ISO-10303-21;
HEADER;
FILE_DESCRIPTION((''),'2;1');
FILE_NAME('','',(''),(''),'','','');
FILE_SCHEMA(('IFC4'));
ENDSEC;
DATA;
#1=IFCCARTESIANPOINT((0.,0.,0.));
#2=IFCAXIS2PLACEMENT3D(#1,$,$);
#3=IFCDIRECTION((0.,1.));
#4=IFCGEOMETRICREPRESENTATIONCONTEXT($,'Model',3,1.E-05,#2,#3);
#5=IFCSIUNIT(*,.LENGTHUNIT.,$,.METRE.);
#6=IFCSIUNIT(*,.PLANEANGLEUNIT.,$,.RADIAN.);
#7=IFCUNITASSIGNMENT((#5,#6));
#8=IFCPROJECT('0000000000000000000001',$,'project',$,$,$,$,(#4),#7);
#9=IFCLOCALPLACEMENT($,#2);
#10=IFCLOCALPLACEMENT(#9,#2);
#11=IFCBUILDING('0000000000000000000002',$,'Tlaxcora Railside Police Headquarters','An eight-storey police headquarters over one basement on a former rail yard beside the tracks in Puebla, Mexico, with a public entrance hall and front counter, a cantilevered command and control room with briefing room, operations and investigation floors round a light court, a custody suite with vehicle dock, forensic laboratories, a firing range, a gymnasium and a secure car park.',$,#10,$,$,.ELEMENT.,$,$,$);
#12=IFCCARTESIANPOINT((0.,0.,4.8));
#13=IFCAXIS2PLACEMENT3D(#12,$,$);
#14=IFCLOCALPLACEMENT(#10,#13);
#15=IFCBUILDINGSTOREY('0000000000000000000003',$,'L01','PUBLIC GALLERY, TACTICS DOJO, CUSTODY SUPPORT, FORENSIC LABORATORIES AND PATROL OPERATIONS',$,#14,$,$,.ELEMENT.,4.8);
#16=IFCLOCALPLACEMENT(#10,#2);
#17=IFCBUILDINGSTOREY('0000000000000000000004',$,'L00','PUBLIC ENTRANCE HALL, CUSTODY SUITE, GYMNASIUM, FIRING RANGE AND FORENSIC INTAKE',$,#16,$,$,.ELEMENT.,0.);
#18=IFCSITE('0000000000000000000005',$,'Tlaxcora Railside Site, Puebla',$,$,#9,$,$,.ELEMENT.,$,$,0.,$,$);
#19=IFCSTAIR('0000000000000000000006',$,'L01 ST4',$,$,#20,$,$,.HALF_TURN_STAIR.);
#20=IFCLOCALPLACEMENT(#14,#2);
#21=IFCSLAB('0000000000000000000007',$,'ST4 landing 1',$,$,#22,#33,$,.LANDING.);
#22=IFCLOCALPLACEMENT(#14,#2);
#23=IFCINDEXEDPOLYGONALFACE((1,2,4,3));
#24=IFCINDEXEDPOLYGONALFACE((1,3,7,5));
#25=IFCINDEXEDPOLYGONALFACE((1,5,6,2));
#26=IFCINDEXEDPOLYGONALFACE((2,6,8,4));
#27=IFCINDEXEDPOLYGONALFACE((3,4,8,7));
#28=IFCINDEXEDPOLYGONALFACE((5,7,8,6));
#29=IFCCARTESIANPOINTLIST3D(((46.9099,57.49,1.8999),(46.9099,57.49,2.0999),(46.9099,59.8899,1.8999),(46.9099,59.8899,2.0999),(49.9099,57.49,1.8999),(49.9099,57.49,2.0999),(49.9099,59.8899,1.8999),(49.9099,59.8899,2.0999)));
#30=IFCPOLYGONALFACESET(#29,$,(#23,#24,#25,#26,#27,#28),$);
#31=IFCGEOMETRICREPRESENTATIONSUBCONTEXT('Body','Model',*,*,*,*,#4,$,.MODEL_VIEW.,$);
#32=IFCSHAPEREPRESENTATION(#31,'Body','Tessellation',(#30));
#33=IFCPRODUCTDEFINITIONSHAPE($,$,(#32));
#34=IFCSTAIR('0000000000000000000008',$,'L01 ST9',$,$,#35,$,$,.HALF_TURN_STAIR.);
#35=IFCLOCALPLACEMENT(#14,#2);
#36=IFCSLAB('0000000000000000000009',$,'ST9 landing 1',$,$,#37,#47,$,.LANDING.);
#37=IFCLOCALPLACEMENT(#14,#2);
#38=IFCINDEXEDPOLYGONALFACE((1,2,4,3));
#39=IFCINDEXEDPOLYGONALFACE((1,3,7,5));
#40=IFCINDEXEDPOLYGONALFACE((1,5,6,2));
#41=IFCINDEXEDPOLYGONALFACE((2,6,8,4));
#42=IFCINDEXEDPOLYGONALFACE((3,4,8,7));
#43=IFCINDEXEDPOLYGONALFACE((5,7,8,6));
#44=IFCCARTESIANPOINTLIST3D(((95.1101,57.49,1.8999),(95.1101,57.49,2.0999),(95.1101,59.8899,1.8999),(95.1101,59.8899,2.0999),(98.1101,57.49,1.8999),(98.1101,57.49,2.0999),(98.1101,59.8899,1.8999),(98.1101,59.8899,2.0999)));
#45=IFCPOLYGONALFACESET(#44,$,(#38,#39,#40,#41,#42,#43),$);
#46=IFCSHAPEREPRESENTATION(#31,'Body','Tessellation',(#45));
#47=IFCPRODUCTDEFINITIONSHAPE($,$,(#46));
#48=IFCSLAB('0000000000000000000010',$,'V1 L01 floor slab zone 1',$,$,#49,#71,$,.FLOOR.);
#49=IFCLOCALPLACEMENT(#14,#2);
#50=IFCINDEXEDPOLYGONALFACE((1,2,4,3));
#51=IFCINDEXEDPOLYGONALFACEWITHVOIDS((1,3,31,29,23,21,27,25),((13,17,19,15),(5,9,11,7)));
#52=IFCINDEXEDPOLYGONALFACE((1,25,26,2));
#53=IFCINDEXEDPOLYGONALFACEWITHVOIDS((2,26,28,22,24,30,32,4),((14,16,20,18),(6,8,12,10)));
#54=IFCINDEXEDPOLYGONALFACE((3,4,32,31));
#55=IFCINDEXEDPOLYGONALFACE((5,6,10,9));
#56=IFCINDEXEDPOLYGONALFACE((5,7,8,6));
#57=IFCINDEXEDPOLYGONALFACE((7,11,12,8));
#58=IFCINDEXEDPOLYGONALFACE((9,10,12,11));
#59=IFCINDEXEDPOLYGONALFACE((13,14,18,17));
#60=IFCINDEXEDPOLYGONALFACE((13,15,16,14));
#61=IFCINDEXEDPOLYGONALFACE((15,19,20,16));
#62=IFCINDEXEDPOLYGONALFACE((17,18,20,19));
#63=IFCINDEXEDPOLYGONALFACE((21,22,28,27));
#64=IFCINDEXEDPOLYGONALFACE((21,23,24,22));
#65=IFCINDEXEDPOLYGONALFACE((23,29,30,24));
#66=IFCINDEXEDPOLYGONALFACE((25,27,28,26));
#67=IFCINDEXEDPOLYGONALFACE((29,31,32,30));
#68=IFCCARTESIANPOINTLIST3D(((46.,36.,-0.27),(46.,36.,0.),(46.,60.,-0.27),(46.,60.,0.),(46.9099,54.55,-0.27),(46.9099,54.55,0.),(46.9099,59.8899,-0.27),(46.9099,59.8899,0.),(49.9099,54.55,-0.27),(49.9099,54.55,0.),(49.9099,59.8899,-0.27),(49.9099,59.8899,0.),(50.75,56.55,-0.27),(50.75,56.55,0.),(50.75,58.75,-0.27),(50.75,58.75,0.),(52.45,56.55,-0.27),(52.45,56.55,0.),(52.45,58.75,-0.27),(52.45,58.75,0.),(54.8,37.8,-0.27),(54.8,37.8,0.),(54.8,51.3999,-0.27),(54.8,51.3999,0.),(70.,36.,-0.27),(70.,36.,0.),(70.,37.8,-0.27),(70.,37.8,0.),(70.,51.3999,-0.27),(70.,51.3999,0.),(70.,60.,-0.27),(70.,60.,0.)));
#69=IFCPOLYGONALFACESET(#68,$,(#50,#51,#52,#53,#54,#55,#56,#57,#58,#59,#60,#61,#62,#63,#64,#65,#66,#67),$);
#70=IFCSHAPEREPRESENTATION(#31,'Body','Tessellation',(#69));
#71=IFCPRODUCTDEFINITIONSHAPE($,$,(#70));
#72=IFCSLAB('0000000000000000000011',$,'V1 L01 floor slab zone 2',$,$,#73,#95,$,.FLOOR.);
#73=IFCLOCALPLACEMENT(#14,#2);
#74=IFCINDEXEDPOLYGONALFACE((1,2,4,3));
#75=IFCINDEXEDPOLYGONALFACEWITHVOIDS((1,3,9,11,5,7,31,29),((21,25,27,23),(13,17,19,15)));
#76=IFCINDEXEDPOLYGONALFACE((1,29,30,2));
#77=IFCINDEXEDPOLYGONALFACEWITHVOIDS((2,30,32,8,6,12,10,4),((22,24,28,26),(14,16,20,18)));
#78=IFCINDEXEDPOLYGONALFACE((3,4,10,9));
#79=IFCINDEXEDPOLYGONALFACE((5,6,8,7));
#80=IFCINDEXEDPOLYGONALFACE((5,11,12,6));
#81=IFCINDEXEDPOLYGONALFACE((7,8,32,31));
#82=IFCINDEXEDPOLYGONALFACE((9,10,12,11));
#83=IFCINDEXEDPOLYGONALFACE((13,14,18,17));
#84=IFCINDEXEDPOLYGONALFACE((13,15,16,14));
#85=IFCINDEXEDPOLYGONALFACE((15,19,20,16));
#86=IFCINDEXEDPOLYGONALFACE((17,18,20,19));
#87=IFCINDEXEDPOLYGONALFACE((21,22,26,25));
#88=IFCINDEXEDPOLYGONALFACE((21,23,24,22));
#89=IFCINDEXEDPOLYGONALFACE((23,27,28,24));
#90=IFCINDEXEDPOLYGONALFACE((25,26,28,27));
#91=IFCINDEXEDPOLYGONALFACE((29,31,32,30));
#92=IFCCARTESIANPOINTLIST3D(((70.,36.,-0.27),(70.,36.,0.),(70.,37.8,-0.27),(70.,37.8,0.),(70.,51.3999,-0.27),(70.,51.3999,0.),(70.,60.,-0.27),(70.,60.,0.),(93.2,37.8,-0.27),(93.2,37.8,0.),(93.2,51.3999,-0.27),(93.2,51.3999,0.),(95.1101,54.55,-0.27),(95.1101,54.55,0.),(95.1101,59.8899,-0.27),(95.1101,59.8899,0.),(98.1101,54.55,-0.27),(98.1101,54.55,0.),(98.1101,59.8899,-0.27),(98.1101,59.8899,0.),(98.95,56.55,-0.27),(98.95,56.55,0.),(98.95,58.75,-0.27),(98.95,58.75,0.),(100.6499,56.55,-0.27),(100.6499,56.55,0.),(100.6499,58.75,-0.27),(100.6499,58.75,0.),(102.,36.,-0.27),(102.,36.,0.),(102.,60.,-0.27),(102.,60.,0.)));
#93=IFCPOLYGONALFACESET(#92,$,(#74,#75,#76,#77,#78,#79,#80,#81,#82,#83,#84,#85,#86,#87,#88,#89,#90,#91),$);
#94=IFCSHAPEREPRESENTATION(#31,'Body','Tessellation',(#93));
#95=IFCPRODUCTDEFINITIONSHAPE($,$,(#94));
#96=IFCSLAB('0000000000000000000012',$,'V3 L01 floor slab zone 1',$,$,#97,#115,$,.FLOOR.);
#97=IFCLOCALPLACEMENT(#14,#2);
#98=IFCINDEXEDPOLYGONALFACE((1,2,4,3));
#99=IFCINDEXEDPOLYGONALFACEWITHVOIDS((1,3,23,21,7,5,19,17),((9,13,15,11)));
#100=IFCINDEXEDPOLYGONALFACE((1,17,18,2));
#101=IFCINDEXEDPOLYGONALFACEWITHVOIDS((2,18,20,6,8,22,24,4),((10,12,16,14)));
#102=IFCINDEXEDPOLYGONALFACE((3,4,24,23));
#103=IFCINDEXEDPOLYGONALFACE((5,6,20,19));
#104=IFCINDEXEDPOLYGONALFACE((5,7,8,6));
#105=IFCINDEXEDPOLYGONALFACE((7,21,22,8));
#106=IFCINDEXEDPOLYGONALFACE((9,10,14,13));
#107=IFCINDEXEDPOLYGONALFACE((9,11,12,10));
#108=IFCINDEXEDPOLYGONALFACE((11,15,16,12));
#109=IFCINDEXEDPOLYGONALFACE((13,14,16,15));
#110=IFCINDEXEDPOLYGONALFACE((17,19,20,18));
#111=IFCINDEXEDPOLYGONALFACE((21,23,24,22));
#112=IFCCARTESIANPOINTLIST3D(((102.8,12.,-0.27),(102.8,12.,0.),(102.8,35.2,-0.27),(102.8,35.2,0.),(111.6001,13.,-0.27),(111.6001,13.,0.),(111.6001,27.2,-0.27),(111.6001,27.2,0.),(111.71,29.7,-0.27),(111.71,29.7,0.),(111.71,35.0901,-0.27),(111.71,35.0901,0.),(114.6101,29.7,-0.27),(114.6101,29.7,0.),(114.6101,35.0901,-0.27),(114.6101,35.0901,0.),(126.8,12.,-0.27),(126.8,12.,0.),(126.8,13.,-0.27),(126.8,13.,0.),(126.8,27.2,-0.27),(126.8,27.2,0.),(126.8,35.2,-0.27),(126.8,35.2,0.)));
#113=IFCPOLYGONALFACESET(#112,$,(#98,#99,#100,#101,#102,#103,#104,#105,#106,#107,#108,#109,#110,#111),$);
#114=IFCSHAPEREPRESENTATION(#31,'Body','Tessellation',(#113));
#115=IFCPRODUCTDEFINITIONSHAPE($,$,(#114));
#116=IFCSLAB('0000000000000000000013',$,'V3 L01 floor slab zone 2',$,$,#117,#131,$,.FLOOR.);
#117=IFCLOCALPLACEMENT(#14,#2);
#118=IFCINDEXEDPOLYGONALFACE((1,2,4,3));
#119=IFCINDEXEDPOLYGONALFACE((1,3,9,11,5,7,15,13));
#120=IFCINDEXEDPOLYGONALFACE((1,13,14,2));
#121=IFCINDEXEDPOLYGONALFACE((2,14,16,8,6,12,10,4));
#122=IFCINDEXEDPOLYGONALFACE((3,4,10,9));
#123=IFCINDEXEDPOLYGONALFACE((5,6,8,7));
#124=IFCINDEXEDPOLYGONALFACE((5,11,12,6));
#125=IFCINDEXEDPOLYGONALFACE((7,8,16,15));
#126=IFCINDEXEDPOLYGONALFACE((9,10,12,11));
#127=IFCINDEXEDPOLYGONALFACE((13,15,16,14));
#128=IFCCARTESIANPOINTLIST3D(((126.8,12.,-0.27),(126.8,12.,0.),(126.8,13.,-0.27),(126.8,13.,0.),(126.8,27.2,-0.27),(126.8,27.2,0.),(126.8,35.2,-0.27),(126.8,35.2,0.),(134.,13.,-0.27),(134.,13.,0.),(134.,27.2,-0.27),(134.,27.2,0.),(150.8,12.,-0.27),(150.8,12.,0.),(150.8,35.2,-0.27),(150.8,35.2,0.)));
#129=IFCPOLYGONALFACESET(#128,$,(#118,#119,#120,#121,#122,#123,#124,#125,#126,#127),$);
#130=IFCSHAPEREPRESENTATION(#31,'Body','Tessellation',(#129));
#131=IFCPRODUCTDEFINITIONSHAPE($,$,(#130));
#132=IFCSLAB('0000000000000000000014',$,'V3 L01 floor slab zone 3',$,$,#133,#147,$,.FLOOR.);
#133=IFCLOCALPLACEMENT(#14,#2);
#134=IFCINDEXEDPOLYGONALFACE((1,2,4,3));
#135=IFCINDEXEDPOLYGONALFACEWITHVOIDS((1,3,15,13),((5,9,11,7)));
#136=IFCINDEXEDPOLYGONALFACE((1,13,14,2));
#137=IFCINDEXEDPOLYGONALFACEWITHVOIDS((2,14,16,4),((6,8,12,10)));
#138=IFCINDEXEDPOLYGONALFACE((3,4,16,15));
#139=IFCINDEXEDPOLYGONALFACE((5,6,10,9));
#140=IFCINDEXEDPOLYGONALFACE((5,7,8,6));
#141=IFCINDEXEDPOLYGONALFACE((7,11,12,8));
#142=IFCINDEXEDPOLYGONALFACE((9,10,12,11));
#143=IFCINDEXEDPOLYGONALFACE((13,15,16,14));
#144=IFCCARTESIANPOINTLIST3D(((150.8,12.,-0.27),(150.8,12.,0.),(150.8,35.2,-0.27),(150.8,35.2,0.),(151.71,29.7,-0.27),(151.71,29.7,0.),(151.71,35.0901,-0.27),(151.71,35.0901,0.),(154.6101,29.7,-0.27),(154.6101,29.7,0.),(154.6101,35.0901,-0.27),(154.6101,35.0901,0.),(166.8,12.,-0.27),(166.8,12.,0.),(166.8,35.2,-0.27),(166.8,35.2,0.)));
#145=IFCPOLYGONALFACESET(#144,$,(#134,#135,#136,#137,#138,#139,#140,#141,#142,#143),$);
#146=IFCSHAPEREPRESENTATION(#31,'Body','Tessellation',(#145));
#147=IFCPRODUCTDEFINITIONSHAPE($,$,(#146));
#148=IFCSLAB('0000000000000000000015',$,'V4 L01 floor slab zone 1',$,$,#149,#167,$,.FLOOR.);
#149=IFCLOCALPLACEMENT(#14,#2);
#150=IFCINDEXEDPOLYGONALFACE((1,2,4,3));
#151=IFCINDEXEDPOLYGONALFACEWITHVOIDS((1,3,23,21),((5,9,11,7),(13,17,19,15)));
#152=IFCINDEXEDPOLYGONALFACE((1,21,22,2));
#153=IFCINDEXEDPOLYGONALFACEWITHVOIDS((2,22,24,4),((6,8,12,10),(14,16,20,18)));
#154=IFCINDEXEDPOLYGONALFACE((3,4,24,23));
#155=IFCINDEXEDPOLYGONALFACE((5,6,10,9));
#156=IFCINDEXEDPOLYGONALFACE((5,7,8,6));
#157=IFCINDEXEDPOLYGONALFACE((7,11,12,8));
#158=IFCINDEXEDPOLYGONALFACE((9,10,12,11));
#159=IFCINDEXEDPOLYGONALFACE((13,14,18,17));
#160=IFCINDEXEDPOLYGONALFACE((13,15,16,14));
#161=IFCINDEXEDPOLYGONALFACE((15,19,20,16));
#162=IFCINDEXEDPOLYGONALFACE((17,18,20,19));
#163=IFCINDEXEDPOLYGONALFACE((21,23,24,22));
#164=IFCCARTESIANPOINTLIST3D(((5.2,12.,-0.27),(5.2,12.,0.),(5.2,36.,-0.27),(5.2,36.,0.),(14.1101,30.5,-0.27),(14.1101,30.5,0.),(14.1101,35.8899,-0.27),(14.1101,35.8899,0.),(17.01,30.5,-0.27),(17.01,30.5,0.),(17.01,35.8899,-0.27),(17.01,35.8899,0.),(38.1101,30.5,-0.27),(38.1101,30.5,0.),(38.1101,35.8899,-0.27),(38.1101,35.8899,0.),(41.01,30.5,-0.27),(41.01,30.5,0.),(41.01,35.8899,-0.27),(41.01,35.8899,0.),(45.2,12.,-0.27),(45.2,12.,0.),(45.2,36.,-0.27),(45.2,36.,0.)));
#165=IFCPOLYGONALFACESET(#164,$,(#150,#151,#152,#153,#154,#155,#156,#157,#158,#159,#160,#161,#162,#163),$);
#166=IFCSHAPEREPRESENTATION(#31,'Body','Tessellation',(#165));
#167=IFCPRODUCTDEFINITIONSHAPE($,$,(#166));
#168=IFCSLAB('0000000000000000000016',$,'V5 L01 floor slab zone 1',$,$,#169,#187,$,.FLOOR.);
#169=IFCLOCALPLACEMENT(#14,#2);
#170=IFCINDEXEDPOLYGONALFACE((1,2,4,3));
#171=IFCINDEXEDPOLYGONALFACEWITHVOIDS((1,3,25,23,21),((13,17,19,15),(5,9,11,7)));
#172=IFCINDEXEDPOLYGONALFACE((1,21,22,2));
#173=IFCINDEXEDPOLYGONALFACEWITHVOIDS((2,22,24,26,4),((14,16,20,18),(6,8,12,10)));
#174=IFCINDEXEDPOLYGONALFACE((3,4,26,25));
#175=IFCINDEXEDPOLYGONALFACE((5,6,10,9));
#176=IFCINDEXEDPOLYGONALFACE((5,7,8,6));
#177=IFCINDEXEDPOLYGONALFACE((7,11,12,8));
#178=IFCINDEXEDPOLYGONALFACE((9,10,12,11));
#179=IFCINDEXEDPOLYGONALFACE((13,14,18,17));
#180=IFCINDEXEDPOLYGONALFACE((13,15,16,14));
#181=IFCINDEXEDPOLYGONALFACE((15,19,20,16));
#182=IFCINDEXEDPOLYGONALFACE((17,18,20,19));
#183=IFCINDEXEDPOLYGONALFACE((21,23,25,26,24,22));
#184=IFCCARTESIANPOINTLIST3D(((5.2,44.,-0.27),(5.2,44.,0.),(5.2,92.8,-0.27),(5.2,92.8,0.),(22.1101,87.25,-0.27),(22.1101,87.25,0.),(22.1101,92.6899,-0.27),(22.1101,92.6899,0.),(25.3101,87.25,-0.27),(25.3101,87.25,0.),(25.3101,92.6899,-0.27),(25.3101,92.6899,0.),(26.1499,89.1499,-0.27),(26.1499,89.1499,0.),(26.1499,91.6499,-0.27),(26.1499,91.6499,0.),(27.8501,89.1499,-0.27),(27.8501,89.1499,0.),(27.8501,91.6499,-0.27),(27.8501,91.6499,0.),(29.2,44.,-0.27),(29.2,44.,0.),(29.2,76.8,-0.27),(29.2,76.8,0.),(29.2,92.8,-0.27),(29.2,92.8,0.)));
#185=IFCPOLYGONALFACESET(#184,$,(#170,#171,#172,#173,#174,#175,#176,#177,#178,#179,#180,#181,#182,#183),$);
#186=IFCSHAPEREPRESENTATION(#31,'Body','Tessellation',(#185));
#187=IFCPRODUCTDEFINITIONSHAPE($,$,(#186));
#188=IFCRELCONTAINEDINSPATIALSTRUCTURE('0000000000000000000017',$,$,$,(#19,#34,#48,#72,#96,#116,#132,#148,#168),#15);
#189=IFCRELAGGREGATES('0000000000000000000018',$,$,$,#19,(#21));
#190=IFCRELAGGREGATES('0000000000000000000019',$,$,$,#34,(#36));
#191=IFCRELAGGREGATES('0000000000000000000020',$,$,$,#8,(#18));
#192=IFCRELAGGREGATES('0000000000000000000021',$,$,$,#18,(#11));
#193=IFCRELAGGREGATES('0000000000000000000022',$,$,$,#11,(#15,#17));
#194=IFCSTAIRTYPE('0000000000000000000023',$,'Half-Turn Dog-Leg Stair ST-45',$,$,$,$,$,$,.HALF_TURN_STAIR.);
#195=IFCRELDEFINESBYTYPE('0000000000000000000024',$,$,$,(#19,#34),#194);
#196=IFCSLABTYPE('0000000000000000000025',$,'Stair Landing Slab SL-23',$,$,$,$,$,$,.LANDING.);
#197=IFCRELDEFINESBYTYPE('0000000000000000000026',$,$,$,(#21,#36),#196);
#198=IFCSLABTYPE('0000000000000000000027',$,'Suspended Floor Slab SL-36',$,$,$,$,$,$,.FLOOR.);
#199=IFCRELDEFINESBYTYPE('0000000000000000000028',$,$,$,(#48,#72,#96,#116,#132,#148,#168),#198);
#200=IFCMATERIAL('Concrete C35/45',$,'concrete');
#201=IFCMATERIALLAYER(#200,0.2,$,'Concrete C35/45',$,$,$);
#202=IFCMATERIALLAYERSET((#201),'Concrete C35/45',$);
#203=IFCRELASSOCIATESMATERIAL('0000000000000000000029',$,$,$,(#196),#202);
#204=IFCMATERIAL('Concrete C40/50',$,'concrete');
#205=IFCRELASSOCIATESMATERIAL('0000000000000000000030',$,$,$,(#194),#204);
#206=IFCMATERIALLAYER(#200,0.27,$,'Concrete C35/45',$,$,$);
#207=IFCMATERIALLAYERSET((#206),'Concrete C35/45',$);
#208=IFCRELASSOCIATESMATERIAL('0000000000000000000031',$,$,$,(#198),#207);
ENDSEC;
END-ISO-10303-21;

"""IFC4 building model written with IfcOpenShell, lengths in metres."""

from ifc_helpers import new_model, si_unit, direction, frame, origin, place, context, subcontext, project, spatial, polyline, outline, extrude, material, layer, layer_set, type_object, element, aggregate, save


model = new_model("IFC4")

# Units and contexts
model_context = context("Model", 3, precision=1e-05, world=origin(), true_north=direction((0.0, 1.0)))
body_context = subcontext(model_context, "Body", "Model", "MODEL_VIEW")
ifc_project = project(units=[si_unit("LENGTHUNIT", "METRE"), si_unit("PLANEANGLEUNIT", "RADIAN")], contexts=[model_context])

# Site, building, storey
site_placement = place(None, origin())
site = spatial("IfcSite", under=ifc_project, at=site_placement, Name="Tlaxcora Railside Site, Puebla", CompositionType="ELEMENT", RefElevation=0.0)
building_placement = place(site_placement, origin())
building = spatial("IfcBuilding", under=site, at=building_placement, Name="Tlaxcora Railside Police Headquarters", Description="An eight-storey police headquarters over one basement on a former rail yard beside the tracks in Puebla, Mexico, with a public entrance hall and front counter, a cantilevered command and control room with briefing room, operations and investigation floors round a light court, a custody suite with vehicle dock, forensic laboratories, a firing range, a gymnasium and a secure car park.", CompositionType="ELEMENT")
storey_1_placement = place(building_placement, frame((0.0, 0.0, 4.8)))
storey_1 = spatial("IfcBuildingStorey", under=building, at=storey_1_placement, Name="L01", Description="PUBLIC GALLERY, TACTICS DOJO, CUSTODY SUPPORT, FORENSIC LABORATORIES AND PATROL OPERATIONS", CompositionType="ELEMENT", Elevation=4.8)

# Shared definitions
ifc_material_1 = material(Name="Concrete C40/50", Category="concrete")

# Shared definitions
storey_2_placement = place(building_placement, origin())
storey_2 = spatial("IfcBuildingStorey", under=building, at=storey_2_placement, Name="L00", Description="PUBLIC ENTRANCE HALL, CUSTODY SUITE, GYMNASIUM, FIRING RANGE AND FORENSIC INTAKE", CompositionType="ELEMENT", Elevation=0.0)

# Stairs, slabs
ifc_material_2 = material(Name="Concrete C35/45", Category="concrete")
ifc_layer_1 = layer(ifc_material_2, 0.2, Name="Concrete C35/45")
ifc_layer_set_1 = layer_set([ifc_layer_1], Name="Concrete C35/45")
slab_type_1 = type_object("IfcSlabType", Name="Stair Landing Slab SL-23", PredefinedType="LANDING", material=ifc_layer_set_1)
stair_type_1 = type_object("IfcStairType", Name="Half-Turn Dog-Leg Stair ST-45", PredefinedType="HALF_TURN_STAIR", material=ifc_material_1)
stair_1_placement = place(storey_1_placement, origin())
stair_1 = element("IfcStair", 1, at=stair_1_placement, inside=storey_1, type_object=stair_type_1, Name="L01 ST4", PredefinedType="HALF_TURN_STAIR")
slab_1_placement = place(storey_1_placement, frame((0.0, 0.0, 1.8999)))
slab_1 = element("IfcSlab", 2, at=slab_1_placement, type_object=slab_type_1, Name="ST4 landing 1", PredefinedType="LANDING", context=body_context, shape_type="SweptSolid", body=[
    extrude(outline(polyline([(49.9099, 57.49), (49.9099, 59.8899), (46.9099, 59.8899), (46.9099, 57.49), (49.9099, 57.49)])), origin(), (0.0, 0.0, 1.0), 0.2),
])
aggregate(stair_1, [slab_1])
stair_2_placement = place(storey_1_placement, origin())
stair_2 = element("IfcStair", 3, at=stair_2_placement, inside=storey_1, type_object=stair_type_1, Name="L01 ST9", PredefinedType="HALF_TURN_STAIR")
slab_2_placement = place(storey_1_placement, frame((0.0, 0.0, 1.8999)))
slab_2 = element("IfcSlab", 4, at=slab_2_placement, type_object=slab_type_1, Name="ST9 landing 1", PredefinedType="LANDING", context=body_context, shape_type="SweptSolid", body=[
    extrude(outline(polyline([(98.1101, 57.49), (98.1101, 59.8899), (95.1101, 59.8899), (95.1101, 57.49), (98.1101, 57.49)])), origin(), (0.0, 0.0, 1.0), 0.2),
])
aggregate(stair_2, [slab_2])

# Slabs
ifc_layer_2 = layer(ifc_material_2, 0.27, Name="Concrete C35/45")
ifc_layer_set_2 = layer_set([ifc_layer_2], Name="Concrete C35/45")
slab_type_2 = type_object("IfcSlabType", Name="Suspended Floor Slab SL-36", PredefinedType="FLOOR", material=ifc_layer_set_2)
slab_3_placement = place(storey_1_placement, frame((0.0, 0.0, -0.27)))
element("IfcSlab", 5, at=slab_3_placement, inside=storey_1, type_object=slab_type_2, Name="V1 L01 floor slab zone 1", PredefinedType="FLOOR", context=body_context, shape_type="SweptSolid", body=[
    extrude(outline(polyline([(54.8, 37.8), (54.8, 51.3999), (70.0, 51.3999), (70.0, 60.0), (46.0, 60.0), (46.0, 36.0), (70.0, 36.0), (70.0, 37.8), (54.8, 37.8)]), holes=[polyline([(46.9099, 54.55), (46.9099, 59.8899), (49.9099, 59.8899), (49.9099, 54.55), (46.9099, 54.55)]), polyline([(50.75, 58.75), (52.45, 58.75), (52.45, 56.55), (50.75, 56.55), (50.75, 58.75)])]), origin(), (0.0, 0.0, 1.0), 0.27),
])
slab_4_placement = place(storey_1_placement, frame((0.0, 0.0, -0.27)))
element("IfcSlab", 6, at=slab_4_placement, inside=storey_1, type_object=slab_type_2, Name="V1 L01 floor slab zone 2", PredefinedType="FLOOR", context=body_context, shape_type="SweptSolid", body=[
    extrude(outline(polyline([(70.0, 37.8), (70.0, 36.0), (102.0, 36.0), (102.0, 60.0), (70.0, 60.0), (70.0, 51.3999), (93.2, 51.3999), (93.2, 37.8), (70.0, 37.8)]), holes=[polyline([(98.1101, 59.8899), (98.1101, 54.55), (95.1101, 54.55), (95.1101, 59.8899), (98.1101, 59.8899)]), polyline([(100.6499, 56.55), (98.95, 56.55), (98.95, 58.75), (100.6499, 58.75), (100.6499, 56.55)])]), origin(), (0.0, 0.0, 1.0), 0.27),
])
slab_5_placement = place(storey_1_placement, frame((0.0, 0.0, -0.27)))
element("IfcSlab", 7, at=slab_5_placement, inside=storey_1, type_object=slab_type_2, Name="V3 L01 floor slab zone 1", PredefinedType="FLOOR", context=body_context, shape_type="SweptSolid", body=[
    extrude(outline(polyline([(126.8, 27.2), (126.8, 35.2), (102.8, 35.2), (102.8, 12.0), (126.8, 12.0), (126.8, 13.0), (111.6001, 13.0), (111.6001, 27.2), (126.8, 27.2)]), holes=[polyline([(114.6101, 35.0901), (114.6101, 29.7), (111.71, 29.7), (111.71, 35.0901), (114.6101, 35.0901)])]), origin(), (0.0, 0.0, 1.0), 0.27),
])
slab_6_placement = place(storey_1_placement, frame((0.0, 0.0, -0.27)))
element("IfcSlab", 8, at=slab_6_placement, inside=storey_1, type_object=slab_type_2, Name="V3 L01 floor slab zone 2", PredefinedType="FLOOR", context=body_context, shape_type="SweptSolid", body=[
    extrude(outline(polyline([(150.8, 12.0), (150.8, 35.2), (126.8, 35.2), (126.8, 27.2), (134.0, 27.2), (134.0, 13.0), (126.8, 13.0), (126.8, 12.0), (150.8, 12.0)])), origin(), (0.0, 0.0, 1.0), 0.27),
])
slab_7_placement = place(storey_1_placement, frame((0.0, 0.0, -0.27)))
element("IfcSlab", 9, at=slab_7_placement, inside=storey_1, type_object=slab_type_2, Name="V3 L01 floor slab zone 3", PredefinedType="FLOOR", context=body_context, shape_type="SweptSolid", body=[
    extrude(outline(polyline([(166.8, 12.0), (166.8, 35.2), (150.8, 35.2), (150.8, 12.0), (166.8, 12.0)]), holes=[polyline([(154.6101, 29.7), (151.71, 29.7), (151.71, 35.0901), (154.6101, 35.0901), (154.6101, 29.7)])]), origin(), (0.0, 0.0, 1.0), 0.27),
])
slab_8_placement = place(storey_1_placement, frame((0.0, 0.0, -0.27)))
element("IfcSlab", 10, at=slab_8_placement, inside=storey_1, type_object=slab_type_2, Name="V4 L01 floor slab zone 1", PredefinedType="FLOOR", context=body_context, shape_type="SweptSolid", body=[
    extrude(outline(polyline([(5.2, 36.0), (5.2, 12.0), (45.2, 12.0), (45.2, 36.0), (5.2, 36.0)]), holes=[polyline([(17.01, 35.8899), (17.01, 30.5), (14.1101, 30.5), (14.1101, 35.8899), (17.01, 35.8899)]), polyline([(41.01, 30.5), (38.1101, 30.5), (38.1101, 35.8899), (41.01, 35.8899), (41.01, 30.5)])]), origin(), (0.0, 0.0, 1.0), 0.27),
])
slab_9_placement = place(storey_1_placement, frame((0.0, 0.0, -0.27)))
element("IfcSlab", 11, at=slab_9_placement, inside=storey_1, type_object=slab_type_2, Name="V5 L01 floor slab zone 1", PredefinedType="FLOOR", context=body_context, shape_type="SweptSolid", body=[
    extrude(outline(polyline([(5.2, 92.8), (5.2, 44.0), (29.2, 44.0), (29.2, 76.8), (29.2, 92.8), (5.2, 92.8)]), holes=[polyline([(22.1101, 92.6899), (25.3101, 92.6899), (25.3101, 87.25), (22.1101, 87.25), (22.1101, 92.6899)]), polyline([(27.8501, 91.6499), (27.8501, 89.1499), (26.1499, 89.1499), (26.1499, 91.6499), (27.8501, 91.6499)])]), origin(), (0.0, 0.0, 1.0), 0.27),
])

save(model, "model.ifc")
